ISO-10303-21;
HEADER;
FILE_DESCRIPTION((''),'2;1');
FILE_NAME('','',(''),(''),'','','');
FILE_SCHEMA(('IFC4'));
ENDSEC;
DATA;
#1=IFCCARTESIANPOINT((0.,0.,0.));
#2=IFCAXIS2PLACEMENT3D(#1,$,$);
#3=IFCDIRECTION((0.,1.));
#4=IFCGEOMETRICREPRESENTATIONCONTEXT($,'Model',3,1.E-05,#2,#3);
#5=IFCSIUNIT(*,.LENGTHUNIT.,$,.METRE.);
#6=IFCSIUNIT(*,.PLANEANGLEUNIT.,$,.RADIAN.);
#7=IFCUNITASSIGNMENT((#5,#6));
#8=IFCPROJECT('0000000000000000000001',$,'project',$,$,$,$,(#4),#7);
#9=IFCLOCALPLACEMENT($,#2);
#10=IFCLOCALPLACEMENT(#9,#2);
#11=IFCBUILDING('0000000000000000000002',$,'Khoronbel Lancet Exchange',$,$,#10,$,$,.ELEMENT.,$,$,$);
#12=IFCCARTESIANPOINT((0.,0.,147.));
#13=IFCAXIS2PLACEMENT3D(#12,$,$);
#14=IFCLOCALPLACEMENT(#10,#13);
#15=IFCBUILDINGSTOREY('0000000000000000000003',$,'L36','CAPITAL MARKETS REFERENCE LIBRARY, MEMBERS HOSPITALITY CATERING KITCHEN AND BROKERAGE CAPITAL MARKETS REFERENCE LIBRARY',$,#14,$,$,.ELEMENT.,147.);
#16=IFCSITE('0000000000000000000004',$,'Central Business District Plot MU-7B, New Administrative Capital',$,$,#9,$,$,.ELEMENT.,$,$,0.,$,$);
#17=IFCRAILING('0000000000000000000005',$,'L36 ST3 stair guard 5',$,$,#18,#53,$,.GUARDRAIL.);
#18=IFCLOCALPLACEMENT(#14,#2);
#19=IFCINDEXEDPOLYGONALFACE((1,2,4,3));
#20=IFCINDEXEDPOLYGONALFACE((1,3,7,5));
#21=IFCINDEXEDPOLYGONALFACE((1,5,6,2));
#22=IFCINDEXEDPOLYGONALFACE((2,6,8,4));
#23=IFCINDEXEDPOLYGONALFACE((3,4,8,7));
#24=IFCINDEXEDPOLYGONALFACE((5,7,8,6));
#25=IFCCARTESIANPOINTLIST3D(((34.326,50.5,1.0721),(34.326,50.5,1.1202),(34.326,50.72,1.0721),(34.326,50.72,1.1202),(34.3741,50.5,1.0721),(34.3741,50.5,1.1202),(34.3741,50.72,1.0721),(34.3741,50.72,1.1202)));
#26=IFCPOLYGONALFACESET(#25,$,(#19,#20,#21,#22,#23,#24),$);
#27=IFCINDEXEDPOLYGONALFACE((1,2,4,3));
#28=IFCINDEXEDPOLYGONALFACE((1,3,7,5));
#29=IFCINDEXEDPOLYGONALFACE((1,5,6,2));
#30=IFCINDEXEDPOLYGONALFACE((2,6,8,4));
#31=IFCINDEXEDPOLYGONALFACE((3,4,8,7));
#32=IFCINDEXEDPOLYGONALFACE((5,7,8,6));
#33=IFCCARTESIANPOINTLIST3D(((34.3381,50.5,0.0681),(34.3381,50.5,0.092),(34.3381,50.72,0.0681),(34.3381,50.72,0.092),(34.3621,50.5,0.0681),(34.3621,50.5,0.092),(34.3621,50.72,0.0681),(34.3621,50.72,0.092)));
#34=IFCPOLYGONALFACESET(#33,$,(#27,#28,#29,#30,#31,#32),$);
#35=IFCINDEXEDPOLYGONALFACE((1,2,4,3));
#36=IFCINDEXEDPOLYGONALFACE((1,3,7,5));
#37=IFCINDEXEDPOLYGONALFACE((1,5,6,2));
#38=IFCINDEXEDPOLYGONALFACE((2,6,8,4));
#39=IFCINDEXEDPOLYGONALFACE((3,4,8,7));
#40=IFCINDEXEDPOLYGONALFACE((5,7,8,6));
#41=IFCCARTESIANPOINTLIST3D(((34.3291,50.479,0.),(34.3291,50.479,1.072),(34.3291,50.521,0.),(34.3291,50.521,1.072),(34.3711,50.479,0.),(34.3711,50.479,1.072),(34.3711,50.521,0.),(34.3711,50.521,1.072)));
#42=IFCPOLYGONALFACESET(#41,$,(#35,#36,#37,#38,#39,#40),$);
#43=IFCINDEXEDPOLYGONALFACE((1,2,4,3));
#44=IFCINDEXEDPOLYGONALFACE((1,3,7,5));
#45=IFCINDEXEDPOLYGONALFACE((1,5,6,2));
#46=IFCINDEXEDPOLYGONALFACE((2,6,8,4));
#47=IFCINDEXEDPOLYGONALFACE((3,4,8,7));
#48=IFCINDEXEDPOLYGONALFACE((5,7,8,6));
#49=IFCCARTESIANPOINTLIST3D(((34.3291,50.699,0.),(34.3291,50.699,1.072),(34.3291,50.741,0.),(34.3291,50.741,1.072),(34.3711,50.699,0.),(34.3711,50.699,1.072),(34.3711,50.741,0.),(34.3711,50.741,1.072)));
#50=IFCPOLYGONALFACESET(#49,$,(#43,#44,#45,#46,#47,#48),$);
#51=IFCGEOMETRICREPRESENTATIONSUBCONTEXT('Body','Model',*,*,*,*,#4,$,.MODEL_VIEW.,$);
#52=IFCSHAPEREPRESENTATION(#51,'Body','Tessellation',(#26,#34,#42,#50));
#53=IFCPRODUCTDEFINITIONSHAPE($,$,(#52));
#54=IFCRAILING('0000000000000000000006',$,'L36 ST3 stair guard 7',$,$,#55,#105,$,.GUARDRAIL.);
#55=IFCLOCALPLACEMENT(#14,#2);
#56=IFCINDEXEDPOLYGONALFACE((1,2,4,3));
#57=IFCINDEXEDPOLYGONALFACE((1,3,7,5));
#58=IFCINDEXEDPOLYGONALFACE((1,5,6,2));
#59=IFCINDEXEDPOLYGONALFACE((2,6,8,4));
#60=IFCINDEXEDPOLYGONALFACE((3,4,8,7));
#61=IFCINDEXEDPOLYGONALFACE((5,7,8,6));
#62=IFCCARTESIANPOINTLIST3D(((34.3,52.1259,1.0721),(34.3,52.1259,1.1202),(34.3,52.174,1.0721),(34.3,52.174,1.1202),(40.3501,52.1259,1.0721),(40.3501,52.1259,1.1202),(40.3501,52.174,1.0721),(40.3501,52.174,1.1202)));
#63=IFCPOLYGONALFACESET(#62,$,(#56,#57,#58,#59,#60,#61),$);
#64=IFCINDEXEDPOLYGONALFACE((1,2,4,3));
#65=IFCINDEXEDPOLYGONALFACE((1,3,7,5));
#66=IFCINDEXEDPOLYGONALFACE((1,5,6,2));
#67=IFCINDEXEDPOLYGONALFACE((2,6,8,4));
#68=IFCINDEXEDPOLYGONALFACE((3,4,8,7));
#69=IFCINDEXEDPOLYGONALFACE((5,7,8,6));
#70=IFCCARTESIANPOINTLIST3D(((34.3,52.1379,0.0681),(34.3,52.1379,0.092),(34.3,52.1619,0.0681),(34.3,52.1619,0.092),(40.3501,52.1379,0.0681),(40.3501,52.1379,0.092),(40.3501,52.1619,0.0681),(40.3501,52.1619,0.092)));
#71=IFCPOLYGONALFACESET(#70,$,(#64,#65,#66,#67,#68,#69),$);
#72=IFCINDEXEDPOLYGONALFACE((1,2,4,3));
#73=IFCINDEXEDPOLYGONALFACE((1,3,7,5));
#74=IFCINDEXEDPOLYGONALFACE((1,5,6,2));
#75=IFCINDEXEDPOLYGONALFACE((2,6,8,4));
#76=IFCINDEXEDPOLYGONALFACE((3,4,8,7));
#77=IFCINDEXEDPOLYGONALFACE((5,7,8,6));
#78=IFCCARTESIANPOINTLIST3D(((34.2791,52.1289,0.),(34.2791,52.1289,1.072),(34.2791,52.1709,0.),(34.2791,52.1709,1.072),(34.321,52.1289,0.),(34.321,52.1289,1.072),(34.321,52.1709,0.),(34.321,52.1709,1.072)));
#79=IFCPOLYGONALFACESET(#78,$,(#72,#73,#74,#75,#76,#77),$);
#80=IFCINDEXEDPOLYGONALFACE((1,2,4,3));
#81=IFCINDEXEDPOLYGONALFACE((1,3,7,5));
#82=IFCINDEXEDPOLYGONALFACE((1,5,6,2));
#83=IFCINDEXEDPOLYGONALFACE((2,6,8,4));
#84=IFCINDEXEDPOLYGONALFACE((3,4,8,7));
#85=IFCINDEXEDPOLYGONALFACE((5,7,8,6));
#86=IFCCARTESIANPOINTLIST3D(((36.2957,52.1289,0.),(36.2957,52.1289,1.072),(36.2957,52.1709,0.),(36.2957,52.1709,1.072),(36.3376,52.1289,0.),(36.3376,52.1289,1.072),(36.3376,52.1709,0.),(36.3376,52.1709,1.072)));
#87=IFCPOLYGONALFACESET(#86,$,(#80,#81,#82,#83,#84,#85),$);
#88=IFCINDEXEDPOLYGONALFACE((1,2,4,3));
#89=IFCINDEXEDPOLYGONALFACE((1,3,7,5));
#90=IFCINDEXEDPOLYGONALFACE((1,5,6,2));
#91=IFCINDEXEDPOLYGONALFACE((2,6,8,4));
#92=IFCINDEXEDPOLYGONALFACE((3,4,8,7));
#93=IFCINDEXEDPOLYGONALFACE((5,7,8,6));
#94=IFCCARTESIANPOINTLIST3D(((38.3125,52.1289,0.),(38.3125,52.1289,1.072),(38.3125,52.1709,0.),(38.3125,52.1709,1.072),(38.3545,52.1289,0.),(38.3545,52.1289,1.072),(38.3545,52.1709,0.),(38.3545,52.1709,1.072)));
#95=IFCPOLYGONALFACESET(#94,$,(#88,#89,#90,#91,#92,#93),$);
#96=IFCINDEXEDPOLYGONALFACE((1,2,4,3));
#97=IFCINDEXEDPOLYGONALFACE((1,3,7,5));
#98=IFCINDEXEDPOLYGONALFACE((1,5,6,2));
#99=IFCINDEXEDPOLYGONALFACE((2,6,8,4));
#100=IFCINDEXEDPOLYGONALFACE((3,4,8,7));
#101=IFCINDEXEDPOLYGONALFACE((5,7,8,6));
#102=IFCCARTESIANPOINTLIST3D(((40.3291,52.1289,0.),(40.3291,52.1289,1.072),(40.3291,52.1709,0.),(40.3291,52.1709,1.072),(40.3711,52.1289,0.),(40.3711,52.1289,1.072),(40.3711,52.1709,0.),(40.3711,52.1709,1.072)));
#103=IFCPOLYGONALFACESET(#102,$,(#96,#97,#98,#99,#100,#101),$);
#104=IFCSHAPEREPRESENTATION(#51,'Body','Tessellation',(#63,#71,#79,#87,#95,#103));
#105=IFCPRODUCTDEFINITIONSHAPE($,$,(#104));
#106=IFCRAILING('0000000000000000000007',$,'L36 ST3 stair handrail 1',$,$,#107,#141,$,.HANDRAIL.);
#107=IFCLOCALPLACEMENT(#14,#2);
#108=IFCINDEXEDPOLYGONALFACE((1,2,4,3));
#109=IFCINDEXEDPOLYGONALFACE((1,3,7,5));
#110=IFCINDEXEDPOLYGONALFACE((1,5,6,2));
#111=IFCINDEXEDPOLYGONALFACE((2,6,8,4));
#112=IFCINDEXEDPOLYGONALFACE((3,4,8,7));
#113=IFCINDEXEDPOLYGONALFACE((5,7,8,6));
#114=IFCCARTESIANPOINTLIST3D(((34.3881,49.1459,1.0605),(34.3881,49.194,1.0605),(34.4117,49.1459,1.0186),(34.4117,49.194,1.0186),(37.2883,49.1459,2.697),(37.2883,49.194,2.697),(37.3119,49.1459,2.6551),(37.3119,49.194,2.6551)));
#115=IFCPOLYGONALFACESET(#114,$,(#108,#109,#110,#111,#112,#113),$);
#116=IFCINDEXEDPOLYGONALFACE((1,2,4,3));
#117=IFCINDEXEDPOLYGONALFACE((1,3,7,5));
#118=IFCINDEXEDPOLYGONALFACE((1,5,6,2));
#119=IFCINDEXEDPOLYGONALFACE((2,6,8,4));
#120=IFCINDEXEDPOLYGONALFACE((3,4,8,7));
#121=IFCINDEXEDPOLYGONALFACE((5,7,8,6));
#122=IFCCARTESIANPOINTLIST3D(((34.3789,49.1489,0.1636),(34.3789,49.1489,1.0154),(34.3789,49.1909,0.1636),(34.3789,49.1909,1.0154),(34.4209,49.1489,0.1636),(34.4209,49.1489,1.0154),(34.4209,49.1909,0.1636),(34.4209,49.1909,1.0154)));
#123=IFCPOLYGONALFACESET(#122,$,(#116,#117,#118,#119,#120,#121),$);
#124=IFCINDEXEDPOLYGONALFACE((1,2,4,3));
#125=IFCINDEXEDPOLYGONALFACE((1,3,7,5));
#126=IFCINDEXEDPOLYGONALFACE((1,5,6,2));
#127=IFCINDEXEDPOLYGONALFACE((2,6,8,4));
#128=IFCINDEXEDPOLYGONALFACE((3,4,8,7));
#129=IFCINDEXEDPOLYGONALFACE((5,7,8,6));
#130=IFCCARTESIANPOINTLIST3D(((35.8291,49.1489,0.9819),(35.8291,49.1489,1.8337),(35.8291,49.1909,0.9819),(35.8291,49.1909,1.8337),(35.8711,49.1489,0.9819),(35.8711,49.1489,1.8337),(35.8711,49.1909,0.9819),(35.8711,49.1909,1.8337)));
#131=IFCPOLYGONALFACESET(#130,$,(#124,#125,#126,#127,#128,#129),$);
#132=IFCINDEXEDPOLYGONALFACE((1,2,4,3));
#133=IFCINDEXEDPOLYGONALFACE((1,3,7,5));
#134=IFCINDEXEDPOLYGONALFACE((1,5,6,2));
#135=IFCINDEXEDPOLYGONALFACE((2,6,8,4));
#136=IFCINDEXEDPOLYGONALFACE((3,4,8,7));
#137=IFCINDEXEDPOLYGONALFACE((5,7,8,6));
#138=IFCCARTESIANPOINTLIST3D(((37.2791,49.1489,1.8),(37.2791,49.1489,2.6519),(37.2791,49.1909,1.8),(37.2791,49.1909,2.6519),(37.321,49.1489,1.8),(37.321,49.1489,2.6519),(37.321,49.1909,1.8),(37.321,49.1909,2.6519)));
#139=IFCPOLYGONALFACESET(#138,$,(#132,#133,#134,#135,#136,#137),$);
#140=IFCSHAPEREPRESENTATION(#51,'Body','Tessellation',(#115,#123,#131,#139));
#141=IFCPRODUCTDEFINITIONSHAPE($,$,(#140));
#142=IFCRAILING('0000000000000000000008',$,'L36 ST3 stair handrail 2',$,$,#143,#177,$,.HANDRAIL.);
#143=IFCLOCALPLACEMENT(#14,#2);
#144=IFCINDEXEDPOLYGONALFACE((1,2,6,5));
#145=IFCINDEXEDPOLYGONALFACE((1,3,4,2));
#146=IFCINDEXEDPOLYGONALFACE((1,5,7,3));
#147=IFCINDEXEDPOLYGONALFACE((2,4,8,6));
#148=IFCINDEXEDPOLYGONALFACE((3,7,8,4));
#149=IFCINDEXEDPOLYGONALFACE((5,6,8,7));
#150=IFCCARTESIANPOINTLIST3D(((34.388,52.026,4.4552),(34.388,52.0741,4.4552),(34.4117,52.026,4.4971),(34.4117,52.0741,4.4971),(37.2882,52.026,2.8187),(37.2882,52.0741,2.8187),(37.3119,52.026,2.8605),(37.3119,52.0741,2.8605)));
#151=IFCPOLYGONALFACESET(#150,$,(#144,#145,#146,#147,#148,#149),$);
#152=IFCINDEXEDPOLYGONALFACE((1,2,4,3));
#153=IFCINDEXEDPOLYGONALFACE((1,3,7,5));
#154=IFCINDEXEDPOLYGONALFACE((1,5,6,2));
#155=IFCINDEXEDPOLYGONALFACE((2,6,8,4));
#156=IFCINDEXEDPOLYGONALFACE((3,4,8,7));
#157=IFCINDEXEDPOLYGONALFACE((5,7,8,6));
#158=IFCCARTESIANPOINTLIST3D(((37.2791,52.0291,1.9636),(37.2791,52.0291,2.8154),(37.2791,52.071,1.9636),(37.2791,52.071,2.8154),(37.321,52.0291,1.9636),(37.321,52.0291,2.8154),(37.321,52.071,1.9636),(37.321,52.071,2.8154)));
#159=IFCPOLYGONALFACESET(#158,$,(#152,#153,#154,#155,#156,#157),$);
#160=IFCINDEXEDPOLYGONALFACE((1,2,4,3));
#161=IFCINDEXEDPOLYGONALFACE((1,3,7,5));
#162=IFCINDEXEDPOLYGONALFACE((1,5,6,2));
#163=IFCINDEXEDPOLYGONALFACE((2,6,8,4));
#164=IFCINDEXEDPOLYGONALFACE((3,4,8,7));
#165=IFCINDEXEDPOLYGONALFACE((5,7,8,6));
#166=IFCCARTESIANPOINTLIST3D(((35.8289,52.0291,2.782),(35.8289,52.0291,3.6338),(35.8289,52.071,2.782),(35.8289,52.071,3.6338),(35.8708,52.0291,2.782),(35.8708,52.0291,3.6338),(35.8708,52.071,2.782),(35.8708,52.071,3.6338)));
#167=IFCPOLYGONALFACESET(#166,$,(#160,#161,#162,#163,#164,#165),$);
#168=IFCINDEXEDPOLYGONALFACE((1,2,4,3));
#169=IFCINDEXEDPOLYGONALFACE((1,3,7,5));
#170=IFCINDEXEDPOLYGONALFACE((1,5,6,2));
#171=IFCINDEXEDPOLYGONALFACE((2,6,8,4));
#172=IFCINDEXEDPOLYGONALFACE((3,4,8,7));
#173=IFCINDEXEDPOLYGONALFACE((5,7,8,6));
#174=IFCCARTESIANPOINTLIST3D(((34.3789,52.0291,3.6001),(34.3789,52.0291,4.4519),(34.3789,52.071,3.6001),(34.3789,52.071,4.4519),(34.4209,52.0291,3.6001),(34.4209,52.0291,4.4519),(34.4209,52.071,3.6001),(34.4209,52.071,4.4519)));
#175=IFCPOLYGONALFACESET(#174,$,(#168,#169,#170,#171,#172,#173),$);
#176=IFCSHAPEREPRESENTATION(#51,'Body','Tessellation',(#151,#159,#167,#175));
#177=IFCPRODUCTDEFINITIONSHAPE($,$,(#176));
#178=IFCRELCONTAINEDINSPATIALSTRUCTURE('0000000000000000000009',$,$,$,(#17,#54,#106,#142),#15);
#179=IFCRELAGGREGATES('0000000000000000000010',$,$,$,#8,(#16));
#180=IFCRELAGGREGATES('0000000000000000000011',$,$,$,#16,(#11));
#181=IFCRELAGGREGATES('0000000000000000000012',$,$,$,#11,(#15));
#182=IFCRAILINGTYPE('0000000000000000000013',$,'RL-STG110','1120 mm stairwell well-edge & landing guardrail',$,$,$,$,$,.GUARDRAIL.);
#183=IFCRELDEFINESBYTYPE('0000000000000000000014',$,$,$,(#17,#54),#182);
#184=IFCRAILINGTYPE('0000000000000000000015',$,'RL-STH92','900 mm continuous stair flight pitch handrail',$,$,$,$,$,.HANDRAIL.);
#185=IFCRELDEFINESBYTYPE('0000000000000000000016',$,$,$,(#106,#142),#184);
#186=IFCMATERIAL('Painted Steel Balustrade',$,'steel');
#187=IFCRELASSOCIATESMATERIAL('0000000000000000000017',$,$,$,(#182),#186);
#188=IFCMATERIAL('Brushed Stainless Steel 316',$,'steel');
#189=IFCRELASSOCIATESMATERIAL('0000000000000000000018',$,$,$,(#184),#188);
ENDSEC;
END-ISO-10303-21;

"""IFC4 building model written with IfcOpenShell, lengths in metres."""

from ifc_helpers import new_model, si_unit, direction, frame, origin, origin_2d, place, context, subcontext, project, spatial, rectangle, extrude, material, type_object, element, save


model = new_model("IFC4")

# Units and contexts
model_context = context("Model", 3, precision=1e-05, world=origin(), true_north=direction((0.0, 1.0)))
body_context = subcontext(model_context, "Body", "Model", "MODEL_VIEW")
ifc_project = project(units=[si_unit("LENGTHUNIT", "METRE"), si_unit("PLANEANGLEUNIT", "RADIAN")], contexts=[model_context])

# Site, building, storey
site_placement = place(None, origin())
site = spatial("IfcSite", under=ifc_project, at=site_placement, Name="Central Business District Plot MU-7B, New Administrative Capital", CompositionType="ELEMENT", RefElevation=0.0)
building_placement = place(site_placement, origin())
building = spatial("IfcBuilding", under=site, at=building_placement, Name="Khoronbel Lancet Exchange", CompositionType="ELEMENT")
storey_placement = place(building_placement, frame((0.0, 0.0, 147.0)))
storey = spatial("IfcBuildingStorey", under=building, at=storey_placement, Name="L36", Description="CAPITAL MARKETS REFERENCE LIBRARY, MEMBERS HOSPITALITY CATERING KITCHEN AND BROKERAGE CAPITAL MARKETS REFERENCE LIBRARY", CompositionType="ELEMENT", Elevation=147.0)

# Railings
ifc_material_1 = material(Name="Painted Steel Balustrade", Category="steel")
railing_type_1 = type_object("IfcRailingType", Name="RL-STG110", Description="1120 mm stairwell well-edge & landing guardrail", PredefinedType="GUARDRAIL", material=ifc_material_1)
railing_1_placement = place(storey_placement, frame((34.3501, 50.5, 0.0)))
element("IfcRailing", 1, at=railing_1_placement, inside=storey, type_object=railing_type_1, Name="L36 ST3 stair guard 5", PredefinedType="GUARDRAIL", context=body_context, shape_type="SweptSolid", body=[
    extrude(rectangle(XDim=0.0481, YDim=0.0481, at=origin_2d()), frame((0.0, 0.0, 1.0962), z_axis=(0.0, 1.0, 0.0), x_axis=(-1.0, 0.0, 0.0)), (0.0, 0.0, 1.0), 0.22),
    extrude(rectangle(XDim=0.0239, YDim=0.0239, at=origin_2d()), frame((0.0, 0.0, 0.0801), z_axis=(0.0, 1.0, 0.0), x_axis=(-1.0, 0.0, 0.0)), (0.0, 0.0, 1.0), 0.22),
    extrude(rectangle(XDim=0.042, YDim=0.042, at=origin_2d()), origin(), (0.0, 0.0, 1.0), 1.072),
    extrude(rectangle(XDim=0.042, YDim=0.042, at=origin_2d()), frame((0.0, 0.22, 0.0)), (0.0, 0.0, 1.0), 1.072),
])
railing_2_placement = place(storey_placement, frame((34.3, 52.1499, 0.0)))
element("IfcRailing", 2, at=railing_2_placement, inside=storey, type_object=railing_type_1, Name="L36 ST3 stair guard 7", PredefinedType="GUARDRAIL", context=body_context, shape_type="SweptSolid", body=[
    extrude(rectangle(XDim=0.0481, YDim=0.0481, at=origin_2d()), frame((0.0, 0.0, 1.0962), z_axis=(1.0, 0.0, 0.0), x_axis=(0.0, 1.0, 0.0)), (0.0, 0.0, 1.0), 6.05),
    extrude(rectangle(XDim=0.0239, YDim=0.0239, at=origin_2d()), frame((0.0, 0.0, 0.0801), z_axis=(1.0, 0.0, 0.0), x_axis=(0.0, 1.0, 0.0)), (0.0, 0.0, 1.0), 6.05),
    extrude(rectangle(XDim=0.042, YDim=0.042, at=origin_2d()), origin(), (0.0, 0.0, 1.0), 1.072),
    extrude(rectangle(XDim=0.042, YDim=0.042, at=origin_2d()), frame((2.0166, 0.0, 0.0)), (0.0, 0.0, 1.0), 1.072),
    extrude(rectangle(XDim=0.042, YDim=0.042, at=origin_2d()), frame((4.0334, 0.0, 0.0)), (0.0, 0.0, 1.0), 1.072),
    extrude(rectangle(XDim=0.042, YDim=0.042, at=origin_2d()), frame((6.05, 0.0, 0.0)), (0.0, 0.0, 1.0), 1.072),
])
ifc_material_2 = material(Name="Brushed Stainless Steel 316", Category="steel")
railing_type_2 = type_object("IfcRailingType", Name="RL-STH92", Description="900 mm continuous stair flight pitch handrail", PredefinedType="HANDRAIL", material=ifc_material_2)
railing_3_placement = place(storey_placement, frame((34.3999, 49.1699, 0.1636)))
element("IfcRailing", 3, at=railing_3_placement, inside=storey, type_object=railing_type_2, Name="L36 ST3 stair handrail 1", PredefinedType="HANDRAIL", context=body_context, shape_type="SweptSolid", body=[
    extrude(rectangle(XDim=0.0481, YDim=0.0481, at=origin_2d()), frame((0.0, 0.0, 0.876), z_axis=(0.870915, 0.0, 0.491434), x_axis=(0.0, 1.0, 0.0)), (0.0, 0.0, 1.0), 3.3301),
    extrude(rectangle(XDim=0.042, YDim=0.042, at=origin_2d()), origin(), (0.0, 0.0, 1.0), 0.8518),
    extrude(rectangle(XDim=0.042, YDim=0.042, at=origin_2d()), frame((1.4502, 0.0, 0.8184)), (0.0, 0.0, 1.0), 0.8518),
    extrude(rectangle(XDim=0.042, YDim=0.042, at=origin_2d()), frame((2.9001, 0.0, 1.6365)), (0.0, 0.0, 1.0), 0.8518),
])
railing_4_placement = place(storey_placement, frame((37.3, 52.05, 1.9636)))
element("IfcRailing", 4, at=railing_4_placement, inside=storey, type_object=railing_type_2, Name="L36 ST3 stair handrail 2", PredefinedType="HANDRAIL", context=body_context, shape_type="SweptSolid", body=[
    extrude(rectangle(XDim=0.0481, YDim=0.0481, at=origin_2d()), frame((0.0, 0.0, 0.876), z_axis=(-0.870915, 0.0, 0.491434), x_axis=(0.0, -1.0, 0.0)), (0.0, 0.0, 1.0), 3.3301),
    extrude(rectangle(XDim=0.042, YDim=0.042, at=origin_2d()), origin(), (0.0, 0.0, 1.0), 0.8518),
    extrude(rectangle(XDim=0.042, YDim=0.042, at=origin_2d()), frame((-1.4502, 0.0, 0.8184)), (0.0, 0.0, 1.0), 0.8518),
    extrude(rectangle(XDim=0.042, YDim=0.042, at=origin_2d()), frame((-2.9001, 0.0, 1.6365)), (0.0, 0.0, 1.0), 0.8518),
])

save(model, "model.ifc")
